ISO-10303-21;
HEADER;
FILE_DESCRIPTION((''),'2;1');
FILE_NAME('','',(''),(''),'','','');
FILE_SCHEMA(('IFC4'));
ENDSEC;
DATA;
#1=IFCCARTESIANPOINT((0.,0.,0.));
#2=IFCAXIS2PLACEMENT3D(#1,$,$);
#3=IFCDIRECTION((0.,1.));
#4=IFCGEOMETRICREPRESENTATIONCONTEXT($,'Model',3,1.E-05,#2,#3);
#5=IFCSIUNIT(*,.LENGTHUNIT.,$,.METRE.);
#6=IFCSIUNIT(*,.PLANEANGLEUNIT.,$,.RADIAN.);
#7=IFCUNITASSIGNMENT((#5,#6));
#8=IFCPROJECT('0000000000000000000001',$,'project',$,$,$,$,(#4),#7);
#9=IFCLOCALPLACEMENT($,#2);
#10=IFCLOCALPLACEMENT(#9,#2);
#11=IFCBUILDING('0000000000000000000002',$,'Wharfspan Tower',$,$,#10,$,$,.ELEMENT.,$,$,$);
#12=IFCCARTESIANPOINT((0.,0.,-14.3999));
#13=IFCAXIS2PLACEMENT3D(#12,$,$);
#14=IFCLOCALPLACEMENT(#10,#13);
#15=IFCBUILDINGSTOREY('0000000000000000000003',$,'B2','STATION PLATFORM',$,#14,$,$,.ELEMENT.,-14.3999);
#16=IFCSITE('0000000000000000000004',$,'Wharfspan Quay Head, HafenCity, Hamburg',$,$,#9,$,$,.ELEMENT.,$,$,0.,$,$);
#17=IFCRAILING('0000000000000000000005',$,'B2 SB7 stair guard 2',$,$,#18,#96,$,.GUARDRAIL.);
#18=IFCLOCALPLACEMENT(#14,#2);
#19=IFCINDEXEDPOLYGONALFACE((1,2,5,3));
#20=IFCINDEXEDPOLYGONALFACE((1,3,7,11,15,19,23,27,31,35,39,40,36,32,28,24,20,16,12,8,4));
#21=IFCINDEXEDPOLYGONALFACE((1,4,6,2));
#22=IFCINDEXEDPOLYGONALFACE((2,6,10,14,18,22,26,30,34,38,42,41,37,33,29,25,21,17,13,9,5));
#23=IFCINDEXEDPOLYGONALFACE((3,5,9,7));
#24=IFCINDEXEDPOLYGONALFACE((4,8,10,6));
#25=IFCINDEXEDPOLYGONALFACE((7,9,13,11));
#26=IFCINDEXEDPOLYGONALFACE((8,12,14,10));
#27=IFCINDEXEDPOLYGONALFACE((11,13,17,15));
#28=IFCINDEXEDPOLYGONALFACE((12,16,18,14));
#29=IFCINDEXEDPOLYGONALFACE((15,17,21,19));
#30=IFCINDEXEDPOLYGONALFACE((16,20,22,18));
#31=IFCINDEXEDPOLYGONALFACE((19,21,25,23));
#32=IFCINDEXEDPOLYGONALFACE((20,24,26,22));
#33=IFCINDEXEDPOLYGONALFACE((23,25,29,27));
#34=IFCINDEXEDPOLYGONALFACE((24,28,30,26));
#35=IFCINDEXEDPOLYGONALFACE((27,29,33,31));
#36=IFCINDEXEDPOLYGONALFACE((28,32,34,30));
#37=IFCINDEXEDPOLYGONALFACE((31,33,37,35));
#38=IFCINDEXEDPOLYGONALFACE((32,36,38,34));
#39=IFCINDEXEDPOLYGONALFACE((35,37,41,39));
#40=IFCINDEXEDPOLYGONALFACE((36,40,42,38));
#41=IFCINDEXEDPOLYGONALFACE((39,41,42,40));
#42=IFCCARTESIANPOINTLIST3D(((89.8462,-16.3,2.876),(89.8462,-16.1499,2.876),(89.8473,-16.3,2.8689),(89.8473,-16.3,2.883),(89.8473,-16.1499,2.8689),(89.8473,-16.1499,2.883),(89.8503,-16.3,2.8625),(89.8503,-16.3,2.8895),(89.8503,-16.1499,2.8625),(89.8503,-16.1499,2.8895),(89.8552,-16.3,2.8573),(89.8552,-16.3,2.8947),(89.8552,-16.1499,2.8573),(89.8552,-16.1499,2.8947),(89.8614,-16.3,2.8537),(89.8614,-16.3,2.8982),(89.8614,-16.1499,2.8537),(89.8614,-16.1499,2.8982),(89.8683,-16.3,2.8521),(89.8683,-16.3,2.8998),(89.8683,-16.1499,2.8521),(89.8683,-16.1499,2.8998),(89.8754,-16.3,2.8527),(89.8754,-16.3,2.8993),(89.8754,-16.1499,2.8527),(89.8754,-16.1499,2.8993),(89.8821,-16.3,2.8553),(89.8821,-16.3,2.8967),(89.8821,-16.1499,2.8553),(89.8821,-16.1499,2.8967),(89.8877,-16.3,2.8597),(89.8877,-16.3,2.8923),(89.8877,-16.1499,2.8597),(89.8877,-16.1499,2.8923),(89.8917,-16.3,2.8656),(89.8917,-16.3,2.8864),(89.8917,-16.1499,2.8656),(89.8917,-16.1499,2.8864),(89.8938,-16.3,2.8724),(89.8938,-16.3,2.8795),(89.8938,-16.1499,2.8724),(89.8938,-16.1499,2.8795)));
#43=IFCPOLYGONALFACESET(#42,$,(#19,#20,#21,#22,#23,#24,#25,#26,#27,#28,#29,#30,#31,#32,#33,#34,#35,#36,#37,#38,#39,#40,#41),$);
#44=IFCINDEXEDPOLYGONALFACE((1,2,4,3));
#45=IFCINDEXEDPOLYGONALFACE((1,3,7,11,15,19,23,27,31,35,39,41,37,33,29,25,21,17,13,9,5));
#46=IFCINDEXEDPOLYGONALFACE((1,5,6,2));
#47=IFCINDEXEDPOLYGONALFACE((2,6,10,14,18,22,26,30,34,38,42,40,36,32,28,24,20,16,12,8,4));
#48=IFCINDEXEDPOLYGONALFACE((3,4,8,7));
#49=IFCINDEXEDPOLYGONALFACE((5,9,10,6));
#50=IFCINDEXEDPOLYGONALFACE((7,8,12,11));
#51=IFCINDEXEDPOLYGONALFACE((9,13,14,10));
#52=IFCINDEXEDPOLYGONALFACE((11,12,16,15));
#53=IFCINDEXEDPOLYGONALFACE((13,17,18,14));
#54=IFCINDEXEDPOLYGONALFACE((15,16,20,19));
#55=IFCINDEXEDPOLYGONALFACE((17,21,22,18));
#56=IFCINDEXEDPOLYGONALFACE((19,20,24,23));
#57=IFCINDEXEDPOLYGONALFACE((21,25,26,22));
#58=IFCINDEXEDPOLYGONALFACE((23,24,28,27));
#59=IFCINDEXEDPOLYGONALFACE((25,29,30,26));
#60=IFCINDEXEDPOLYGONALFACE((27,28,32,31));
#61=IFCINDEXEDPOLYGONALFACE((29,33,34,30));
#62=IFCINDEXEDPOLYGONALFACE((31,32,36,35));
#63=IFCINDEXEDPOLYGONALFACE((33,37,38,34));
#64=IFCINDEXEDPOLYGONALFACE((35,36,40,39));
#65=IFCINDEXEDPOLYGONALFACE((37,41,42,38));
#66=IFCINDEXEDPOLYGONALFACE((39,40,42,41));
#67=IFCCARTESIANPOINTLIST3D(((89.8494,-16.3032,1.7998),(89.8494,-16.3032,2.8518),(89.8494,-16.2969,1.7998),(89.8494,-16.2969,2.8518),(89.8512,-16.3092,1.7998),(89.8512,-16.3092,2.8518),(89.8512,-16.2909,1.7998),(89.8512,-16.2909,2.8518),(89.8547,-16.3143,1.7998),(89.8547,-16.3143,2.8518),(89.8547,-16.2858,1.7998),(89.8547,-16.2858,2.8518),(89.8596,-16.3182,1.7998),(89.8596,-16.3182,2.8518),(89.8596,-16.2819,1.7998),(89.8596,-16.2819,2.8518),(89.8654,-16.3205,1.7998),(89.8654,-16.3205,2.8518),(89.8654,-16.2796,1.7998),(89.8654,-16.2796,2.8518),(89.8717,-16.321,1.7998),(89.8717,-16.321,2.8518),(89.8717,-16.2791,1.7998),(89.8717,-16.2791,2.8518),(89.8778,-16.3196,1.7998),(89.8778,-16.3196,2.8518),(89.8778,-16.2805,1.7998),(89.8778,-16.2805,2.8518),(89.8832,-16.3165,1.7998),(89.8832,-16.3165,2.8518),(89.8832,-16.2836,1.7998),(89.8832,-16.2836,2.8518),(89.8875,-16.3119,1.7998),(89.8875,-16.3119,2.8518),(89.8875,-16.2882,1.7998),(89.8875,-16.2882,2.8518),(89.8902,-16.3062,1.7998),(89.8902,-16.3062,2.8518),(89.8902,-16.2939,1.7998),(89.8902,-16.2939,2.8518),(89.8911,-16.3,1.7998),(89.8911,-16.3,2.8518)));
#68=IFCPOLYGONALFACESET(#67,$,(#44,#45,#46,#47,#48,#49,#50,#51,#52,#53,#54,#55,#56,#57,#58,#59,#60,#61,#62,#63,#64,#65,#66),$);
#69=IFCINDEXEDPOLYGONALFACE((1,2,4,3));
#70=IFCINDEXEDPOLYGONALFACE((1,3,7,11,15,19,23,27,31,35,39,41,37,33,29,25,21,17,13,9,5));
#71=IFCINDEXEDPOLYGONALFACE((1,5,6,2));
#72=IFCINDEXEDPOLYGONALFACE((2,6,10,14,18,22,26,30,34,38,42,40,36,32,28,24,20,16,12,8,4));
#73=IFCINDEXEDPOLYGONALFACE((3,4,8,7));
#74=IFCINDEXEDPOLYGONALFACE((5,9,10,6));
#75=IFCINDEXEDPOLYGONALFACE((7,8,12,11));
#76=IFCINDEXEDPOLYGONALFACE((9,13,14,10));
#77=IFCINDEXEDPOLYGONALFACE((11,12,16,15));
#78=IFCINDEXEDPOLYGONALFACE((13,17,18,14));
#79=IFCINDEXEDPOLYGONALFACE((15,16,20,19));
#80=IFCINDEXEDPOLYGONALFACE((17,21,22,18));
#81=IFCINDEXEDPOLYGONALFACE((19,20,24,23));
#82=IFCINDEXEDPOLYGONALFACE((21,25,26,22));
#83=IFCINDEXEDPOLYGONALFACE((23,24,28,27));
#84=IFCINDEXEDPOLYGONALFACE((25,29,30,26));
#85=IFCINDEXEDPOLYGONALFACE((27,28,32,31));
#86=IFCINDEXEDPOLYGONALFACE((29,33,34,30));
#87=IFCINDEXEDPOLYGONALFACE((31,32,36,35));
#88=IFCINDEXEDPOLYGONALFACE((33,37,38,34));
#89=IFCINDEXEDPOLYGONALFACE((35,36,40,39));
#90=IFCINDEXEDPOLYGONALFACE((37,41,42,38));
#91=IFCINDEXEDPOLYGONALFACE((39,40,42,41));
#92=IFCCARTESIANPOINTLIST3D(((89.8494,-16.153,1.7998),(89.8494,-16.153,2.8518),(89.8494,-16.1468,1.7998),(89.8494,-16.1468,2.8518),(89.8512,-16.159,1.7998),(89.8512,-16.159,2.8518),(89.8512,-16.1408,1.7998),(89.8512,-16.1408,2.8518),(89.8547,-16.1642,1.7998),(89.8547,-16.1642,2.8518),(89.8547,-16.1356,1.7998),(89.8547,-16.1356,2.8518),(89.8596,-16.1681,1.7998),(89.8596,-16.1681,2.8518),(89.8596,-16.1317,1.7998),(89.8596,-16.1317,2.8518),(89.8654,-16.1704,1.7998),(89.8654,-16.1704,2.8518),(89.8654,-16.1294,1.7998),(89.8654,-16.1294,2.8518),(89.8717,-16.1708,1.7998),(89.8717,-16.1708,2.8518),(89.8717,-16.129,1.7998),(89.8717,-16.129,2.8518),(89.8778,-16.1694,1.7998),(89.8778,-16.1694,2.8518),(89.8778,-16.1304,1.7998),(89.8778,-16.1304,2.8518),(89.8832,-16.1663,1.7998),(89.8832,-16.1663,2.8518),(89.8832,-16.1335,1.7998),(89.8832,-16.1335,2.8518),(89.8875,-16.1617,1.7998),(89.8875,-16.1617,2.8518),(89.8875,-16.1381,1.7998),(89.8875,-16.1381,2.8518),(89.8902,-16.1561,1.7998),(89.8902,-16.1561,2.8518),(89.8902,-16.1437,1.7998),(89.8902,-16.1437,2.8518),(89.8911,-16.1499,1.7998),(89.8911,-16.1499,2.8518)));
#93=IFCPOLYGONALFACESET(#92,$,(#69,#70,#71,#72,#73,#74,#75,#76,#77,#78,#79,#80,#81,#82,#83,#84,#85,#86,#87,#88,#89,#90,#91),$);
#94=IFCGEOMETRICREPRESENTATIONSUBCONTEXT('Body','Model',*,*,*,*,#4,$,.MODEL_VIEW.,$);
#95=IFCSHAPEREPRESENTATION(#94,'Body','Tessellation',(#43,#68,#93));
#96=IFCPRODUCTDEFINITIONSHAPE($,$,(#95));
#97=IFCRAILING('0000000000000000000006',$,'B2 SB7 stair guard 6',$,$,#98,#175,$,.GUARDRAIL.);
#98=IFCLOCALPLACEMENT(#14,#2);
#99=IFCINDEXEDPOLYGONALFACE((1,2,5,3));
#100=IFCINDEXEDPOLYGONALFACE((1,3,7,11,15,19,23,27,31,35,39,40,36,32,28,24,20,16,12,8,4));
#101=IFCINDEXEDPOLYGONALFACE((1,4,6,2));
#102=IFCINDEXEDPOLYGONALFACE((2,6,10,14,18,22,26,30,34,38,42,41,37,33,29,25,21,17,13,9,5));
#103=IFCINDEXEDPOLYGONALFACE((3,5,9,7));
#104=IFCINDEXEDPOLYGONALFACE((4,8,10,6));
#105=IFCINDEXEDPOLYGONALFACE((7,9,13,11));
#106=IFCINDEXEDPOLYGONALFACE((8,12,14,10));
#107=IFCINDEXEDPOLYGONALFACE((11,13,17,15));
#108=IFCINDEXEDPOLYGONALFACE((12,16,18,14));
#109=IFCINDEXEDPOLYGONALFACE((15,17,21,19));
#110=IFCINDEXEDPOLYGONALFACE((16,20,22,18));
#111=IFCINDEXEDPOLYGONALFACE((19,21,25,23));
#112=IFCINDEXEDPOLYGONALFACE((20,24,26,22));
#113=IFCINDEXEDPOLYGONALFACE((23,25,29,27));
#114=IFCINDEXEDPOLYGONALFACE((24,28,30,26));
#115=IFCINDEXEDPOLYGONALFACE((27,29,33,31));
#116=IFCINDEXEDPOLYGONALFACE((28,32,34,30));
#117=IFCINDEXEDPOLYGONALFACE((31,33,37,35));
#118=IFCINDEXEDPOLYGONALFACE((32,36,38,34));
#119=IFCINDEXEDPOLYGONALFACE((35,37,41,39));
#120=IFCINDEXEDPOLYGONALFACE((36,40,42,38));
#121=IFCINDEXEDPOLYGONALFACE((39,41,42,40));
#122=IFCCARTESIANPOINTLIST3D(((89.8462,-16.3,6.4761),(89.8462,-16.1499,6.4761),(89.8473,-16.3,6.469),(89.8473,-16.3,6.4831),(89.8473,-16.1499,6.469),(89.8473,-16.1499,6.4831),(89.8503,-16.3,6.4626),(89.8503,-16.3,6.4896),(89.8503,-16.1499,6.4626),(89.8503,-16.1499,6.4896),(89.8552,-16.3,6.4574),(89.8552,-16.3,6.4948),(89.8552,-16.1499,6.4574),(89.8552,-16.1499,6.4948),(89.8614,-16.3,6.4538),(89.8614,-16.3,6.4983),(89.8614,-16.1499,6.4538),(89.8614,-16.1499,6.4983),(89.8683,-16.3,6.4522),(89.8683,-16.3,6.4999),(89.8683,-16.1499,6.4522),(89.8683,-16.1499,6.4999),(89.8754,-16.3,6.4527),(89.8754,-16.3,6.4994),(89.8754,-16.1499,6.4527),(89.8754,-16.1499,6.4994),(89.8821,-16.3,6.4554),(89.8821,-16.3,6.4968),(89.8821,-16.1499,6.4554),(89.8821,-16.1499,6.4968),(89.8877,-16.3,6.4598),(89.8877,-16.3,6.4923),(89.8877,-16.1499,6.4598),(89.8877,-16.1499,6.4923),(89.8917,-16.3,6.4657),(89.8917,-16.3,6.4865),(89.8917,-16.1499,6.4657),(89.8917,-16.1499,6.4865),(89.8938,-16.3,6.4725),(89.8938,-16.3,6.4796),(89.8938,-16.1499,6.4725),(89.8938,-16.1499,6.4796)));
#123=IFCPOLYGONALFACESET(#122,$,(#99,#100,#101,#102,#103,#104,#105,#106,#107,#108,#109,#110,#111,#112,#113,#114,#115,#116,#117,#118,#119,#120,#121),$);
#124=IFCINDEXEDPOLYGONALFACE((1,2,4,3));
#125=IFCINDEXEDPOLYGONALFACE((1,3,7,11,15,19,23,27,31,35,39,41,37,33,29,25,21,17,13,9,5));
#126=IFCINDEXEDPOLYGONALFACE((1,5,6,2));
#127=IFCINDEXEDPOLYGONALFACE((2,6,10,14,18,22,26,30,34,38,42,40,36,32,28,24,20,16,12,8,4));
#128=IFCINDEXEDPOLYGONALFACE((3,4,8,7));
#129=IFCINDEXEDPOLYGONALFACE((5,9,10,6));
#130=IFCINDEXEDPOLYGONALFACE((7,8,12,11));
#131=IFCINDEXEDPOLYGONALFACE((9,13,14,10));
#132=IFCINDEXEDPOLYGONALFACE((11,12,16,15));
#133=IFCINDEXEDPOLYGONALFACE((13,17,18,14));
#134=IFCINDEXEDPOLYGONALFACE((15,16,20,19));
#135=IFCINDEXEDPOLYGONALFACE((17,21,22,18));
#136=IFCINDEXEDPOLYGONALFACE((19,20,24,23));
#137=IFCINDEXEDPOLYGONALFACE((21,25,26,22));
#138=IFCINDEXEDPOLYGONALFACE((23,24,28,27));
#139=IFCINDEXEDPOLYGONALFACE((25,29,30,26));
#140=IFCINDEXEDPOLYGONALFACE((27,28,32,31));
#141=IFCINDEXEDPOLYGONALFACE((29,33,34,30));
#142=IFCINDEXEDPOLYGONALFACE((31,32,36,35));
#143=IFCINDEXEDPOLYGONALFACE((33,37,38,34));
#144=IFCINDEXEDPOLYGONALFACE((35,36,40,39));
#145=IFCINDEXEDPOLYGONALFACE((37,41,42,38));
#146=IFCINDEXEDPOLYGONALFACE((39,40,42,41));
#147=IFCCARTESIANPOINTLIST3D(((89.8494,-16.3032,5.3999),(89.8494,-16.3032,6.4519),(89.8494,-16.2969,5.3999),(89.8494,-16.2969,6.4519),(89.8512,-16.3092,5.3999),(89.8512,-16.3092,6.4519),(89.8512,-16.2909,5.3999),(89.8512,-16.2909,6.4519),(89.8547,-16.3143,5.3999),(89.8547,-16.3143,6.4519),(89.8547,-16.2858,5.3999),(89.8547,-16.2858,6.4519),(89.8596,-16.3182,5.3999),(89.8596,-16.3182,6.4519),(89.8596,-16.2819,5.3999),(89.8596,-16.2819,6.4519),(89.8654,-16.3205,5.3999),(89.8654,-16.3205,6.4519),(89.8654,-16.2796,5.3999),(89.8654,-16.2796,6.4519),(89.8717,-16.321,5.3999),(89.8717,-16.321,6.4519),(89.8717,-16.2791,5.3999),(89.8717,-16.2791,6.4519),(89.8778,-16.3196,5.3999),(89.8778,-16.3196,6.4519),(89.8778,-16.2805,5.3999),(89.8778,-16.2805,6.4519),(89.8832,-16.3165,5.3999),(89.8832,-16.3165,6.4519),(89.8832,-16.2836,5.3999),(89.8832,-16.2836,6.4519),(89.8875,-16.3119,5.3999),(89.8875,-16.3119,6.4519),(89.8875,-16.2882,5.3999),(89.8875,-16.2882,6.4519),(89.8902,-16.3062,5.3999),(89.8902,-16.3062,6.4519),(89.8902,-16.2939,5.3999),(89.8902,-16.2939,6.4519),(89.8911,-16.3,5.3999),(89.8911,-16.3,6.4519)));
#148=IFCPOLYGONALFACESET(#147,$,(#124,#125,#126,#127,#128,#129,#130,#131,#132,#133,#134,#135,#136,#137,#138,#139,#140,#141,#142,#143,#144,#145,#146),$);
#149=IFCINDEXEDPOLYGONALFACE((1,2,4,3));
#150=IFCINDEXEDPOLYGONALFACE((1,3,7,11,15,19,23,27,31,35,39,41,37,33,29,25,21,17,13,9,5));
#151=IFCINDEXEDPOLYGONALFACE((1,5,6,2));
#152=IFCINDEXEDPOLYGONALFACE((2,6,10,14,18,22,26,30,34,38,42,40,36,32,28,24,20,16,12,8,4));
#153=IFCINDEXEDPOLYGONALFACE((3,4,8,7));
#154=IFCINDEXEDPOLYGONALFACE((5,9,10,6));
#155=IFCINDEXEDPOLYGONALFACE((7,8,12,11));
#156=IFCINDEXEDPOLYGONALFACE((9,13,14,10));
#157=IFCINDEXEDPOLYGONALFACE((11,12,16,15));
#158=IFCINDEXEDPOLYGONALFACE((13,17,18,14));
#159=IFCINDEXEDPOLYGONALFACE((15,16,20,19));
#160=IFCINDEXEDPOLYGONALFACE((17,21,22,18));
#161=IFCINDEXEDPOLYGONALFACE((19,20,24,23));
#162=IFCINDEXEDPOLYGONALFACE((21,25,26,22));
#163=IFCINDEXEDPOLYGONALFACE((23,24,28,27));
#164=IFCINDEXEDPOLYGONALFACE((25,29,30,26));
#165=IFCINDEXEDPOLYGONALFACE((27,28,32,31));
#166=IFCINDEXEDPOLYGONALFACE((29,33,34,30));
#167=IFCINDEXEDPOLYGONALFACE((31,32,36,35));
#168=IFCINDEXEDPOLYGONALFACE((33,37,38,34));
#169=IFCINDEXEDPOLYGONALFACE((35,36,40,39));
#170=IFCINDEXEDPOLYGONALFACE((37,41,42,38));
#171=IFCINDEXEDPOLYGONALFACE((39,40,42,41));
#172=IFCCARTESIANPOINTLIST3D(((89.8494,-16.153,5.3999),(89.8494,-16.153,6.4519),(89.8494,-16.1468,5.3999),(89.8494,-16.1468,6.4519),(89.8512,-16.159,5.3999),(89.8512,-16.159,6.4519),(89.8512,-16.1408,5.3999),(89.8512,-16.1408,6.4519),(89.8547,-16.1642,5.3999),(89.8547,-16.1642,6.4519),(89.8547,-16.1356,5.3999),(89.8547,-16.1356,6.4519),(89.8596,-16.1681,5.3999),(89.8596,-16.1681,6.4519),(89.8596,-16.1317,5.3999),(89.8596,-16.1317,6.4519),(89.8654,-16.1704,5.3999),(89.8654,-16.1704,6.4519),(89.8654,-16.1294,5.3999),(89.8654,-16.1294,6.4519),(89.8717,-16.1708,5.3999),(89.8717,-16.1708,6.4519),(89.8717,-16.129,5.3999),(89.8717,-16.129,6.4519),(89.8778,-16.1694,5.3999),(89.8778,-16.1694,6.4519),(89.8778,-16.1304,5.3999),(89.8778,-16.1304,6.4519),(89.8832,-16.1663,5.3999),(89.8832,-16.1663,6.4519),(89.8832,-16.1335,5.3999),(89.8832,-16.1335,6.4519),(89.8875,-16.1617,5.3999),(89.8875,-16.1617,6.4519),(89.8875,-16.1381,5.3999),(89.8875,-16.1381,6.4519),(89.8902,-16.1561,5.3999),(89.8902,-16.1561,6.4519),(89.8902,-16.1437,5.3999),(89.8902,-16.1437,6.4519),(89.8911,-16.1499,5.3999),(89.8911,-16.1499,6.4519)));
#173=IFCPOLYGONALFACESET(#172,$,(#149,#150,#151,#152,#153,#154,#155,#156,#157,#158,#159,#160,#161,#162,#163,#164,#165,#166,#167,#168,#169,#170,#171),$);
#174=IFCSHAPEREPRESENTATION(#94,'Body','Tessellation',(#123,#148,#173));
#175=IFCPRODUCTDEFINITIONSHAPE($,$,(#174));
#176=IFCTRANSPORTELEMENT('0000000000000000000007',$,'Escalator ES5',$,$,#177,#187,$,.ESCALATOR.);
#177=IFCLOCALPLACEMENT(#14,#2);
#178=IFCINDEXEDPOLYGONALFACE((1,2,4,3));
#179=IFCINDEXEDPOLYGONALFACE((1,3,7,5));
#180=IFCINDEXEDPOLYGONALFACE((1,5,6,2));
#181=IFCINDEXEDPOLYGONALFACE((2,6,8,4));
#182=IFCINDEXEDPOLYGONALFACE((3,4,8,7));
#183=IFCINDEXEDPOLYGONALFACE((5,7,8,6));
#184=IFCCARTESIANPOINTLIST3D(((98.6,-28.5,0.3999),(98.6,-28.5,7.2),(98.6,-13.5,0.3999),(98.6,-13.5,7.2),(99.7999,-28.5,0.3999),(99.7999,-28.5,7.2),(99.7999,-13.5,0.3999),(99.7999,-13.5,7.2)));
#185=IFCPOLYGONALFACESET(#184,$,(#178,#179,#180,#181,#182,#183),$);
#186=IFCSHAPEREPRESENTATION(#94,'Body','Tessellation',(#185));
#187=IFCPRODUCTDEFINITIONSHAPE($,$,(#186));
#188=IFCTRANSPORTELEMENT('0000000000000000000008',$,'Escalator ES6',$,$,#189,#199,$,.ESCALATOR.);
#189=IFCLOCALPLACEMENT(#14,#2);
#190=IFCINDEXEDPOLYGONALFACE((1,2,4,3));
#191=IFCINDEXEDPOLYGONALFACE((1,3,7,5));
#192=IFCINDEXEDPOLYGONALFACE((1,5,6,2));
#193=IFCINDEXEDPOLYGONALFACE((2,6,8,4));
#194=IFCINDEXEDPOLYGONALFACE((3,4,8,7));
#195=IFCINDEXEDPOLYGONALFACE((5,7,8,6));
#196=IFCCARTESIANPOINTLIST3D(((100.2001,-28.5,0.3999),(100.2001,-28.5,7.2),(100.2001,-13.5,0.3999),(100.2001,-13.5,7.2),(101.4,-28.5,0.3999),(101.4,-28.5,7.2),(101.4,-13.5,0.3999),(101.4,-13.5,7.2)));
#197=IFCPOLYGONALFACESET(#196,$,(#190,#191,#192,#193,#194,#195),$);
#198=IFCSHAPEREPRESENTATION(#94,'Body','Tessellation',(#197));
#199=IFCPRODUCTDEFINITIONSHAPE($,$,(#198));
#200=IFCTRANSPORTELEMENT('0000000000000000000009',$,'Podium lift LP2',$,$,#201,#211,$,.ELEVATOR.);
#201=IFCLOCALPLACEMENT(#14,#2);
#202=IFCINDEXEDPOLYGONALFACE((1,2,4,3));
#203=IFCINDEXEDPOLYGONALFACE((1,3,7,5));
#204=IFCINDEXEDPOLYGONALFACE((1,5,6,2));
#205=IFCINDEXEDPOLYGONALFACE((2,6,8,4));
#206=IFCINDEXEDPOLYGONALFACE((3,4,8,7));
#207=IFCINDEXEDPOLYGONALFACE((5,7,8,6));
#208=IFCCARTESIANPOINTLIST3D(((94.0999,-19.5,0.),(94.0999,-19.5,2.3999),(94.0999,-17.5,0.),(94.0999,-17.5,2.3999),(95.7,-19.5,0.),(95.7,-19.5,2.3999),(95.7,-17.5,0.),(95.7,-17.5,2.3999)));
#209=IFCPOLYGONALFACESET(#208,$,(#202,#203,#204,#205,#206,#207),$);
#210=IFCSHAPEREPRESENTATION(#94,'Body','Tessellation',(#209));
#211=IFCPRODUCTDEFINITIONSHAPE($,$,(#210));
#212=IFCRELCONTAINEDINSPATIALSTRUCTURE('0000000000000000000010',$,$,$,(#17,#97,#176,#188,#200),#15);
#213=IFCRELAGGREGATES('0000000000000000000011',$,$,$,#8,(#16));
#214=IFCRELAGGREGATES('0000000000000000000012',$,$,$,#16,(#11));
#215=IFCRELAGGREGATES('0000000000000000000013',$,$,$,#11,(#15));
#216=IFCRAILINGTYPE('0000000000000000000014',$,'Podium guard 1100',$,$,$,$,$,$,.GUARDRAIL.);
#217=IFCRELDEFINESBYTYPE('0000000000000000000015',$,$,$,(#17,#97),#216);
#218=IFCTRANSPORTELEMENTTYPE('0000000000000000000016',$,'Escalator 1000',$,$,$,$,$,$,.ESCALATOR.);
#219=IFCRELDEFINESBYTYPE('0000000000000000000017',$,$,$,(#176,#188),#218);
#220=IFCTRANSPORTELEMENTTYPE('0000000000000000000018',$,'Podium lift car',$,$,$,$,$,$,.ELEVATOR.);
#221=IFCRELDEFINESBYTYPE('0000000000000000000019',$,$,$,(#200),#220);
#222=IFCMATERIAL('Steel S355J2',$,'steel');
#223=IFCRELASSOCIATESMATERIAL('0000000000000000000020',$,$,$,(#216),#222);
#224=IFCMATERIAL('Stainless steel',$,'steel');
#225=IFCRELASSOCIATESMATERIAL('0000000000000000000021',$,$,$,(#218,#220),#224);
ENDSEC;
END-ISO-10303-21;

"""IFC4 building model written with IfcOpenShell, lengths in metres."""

from ifc_helpers import new_model, si_unit, direction, frame, origin, origin_2d, place, context, subcontext, project, spatial, rectangle, circle, extrude, material, type_object, element, save


model = new_model("IFC4")

# Units and contexts
model_context = context("Model", 3, precision=1e-05, world=origin(), true_north=direction((0.0, 1.0)))
body_context = subcontext(model_context, "Body", "Model", "MODEL_VIEW")
ifc_project = project(units=[si_unit("LENGTHUNIT", "METRE"), si_unit("PLANEANGLEUNIT", "RADIAN")], contexts=[model_context])

# Site, building, storey
site_placement = place(None, origin())
site = spatial("IfcSite", under=ifc_project, at=site_placement, Name="Wharfspan Quay Head, HafenCity, Hamburg", CompositionType="ELEMENT", RefElevation=0.0)
building_placement = place(site_placement, origin())
building = spatial("IfcBuilding", under=site, at=building_placement, Name="Wharfspan Tower", CompositionType="ELEMENT")
storey_placement = place(building_placement, frame((0.0, 0.0, -14.3999)))
storey = spatial("IfcBuildingStorey", under=building, at=storey_placement, Name="B2", Description="STATION PLATFORM", CompositionType="ELEMENT", Elevation=-14.3999)

# Shared definitions
ifc_material_1 = material(Name="Stainless steel", Category="steel")

# Railings
ifc_material_2 = material(Name="Steel S355J2", Category="steel")
railing_type = type_object("IfcRailingType", Name="Podium guard 1100", PredefinedType="GUARDRAIL", material=ifc_material_2)
for number, where, name in (
    (1, (89.8701, -16.3, 1.7998), "B2 SB7 stair guard 2"),
    (2, (89.8701, -16.3, 5.3999), "B2 SB7 stair guard 6"),
):
    element("IfcRailing", number, at=place(storey_placement, frame(where)), inside=storey, type_object=railing_type, Name=name, PredefinedType="GUARDRAIL", context=body_context, shape_type="SweptSolid", body=[
        extrude(circle(Radius=0.0239, at=origin_2d()), frame((0.0, 0.0, 1.0762), z_axis=(0.0, 1.0, 0.0), x_axis=(-1.0, 0.0, 0.0)), (0.0, 0.0, 1.0), 0.1501),
        extrude(circle(Radius=0.021, at=origin_2d()), origin(), (0.0, 0.0, 1.0), 1.052),
        extrude(circle(Radius=0.021, at=origin_2d()), frame((0.0, 0.1501, 0.0)), (0.0, 0.0, 1.0), 1.052),
    ])

# Transport elements
transport_element_type_1 = type_object("IfcTransportElementType", Name="Escalator 1000", PredefinedType="ESCALATOR", material=ifc_material_1)
for number, where, z_axis, x_axis, name in (
    (3, (99.2, -21.0, 0.3999), (0.0, 0.0, 1.0), (1.0, 0.0, 0.0), "Escalator ES5"),
    (4, (100.8, -21.0, 0.3999), (0.0, 0.0, 1.0), (1.0, 0.0, 0.0), "Escalator ES6"),
):
    element("IfcTransportElement", number, at=place(storey_placement, frame(where, z_axis=z_axis, x_axis=x_axis)), inside=storey, type_object=transport_element_type_1, Name=name, PredefinedType="ESCALATOR", context=body_context, shape_type="SweptSolid", body=[
        extrude(rectangle(XDim=1.2, YDim=15.0, at=origin_2d()), origin(), (0.0, 0.0, 1.0), 6.8),
    ])
transport_element_type_2 = type_object("IfcTransportElementType", Name="Podium lift car", PredefinedType="ELEVATOR", material=ifc_material_1)
for number, where, z_axis, x_axis, name in (
    (5, (94.8999, -18.5, 0.0), (0.0, 0.0, 1.0), (1.0, 0.0, 0.0), "Podium lift LP2"),
):
    element("IfcTransportElement", number, at=place(storey_placement, frame(where, z_axis=z_axis, x_axis=x_axis)), inside=storey, type_object=transport_element_type_2, Name=name, PredefinedType="ELEVATOR", context=body_context, shape_type="SweptSolid", body=[
        extrude(rectangle(XDim=1.6001, YDim=2.0, at=origin_2d()), origin(), (0.0, 0.0, 1.0), 2.3999),
    ])

save(model, "model.ifc")
